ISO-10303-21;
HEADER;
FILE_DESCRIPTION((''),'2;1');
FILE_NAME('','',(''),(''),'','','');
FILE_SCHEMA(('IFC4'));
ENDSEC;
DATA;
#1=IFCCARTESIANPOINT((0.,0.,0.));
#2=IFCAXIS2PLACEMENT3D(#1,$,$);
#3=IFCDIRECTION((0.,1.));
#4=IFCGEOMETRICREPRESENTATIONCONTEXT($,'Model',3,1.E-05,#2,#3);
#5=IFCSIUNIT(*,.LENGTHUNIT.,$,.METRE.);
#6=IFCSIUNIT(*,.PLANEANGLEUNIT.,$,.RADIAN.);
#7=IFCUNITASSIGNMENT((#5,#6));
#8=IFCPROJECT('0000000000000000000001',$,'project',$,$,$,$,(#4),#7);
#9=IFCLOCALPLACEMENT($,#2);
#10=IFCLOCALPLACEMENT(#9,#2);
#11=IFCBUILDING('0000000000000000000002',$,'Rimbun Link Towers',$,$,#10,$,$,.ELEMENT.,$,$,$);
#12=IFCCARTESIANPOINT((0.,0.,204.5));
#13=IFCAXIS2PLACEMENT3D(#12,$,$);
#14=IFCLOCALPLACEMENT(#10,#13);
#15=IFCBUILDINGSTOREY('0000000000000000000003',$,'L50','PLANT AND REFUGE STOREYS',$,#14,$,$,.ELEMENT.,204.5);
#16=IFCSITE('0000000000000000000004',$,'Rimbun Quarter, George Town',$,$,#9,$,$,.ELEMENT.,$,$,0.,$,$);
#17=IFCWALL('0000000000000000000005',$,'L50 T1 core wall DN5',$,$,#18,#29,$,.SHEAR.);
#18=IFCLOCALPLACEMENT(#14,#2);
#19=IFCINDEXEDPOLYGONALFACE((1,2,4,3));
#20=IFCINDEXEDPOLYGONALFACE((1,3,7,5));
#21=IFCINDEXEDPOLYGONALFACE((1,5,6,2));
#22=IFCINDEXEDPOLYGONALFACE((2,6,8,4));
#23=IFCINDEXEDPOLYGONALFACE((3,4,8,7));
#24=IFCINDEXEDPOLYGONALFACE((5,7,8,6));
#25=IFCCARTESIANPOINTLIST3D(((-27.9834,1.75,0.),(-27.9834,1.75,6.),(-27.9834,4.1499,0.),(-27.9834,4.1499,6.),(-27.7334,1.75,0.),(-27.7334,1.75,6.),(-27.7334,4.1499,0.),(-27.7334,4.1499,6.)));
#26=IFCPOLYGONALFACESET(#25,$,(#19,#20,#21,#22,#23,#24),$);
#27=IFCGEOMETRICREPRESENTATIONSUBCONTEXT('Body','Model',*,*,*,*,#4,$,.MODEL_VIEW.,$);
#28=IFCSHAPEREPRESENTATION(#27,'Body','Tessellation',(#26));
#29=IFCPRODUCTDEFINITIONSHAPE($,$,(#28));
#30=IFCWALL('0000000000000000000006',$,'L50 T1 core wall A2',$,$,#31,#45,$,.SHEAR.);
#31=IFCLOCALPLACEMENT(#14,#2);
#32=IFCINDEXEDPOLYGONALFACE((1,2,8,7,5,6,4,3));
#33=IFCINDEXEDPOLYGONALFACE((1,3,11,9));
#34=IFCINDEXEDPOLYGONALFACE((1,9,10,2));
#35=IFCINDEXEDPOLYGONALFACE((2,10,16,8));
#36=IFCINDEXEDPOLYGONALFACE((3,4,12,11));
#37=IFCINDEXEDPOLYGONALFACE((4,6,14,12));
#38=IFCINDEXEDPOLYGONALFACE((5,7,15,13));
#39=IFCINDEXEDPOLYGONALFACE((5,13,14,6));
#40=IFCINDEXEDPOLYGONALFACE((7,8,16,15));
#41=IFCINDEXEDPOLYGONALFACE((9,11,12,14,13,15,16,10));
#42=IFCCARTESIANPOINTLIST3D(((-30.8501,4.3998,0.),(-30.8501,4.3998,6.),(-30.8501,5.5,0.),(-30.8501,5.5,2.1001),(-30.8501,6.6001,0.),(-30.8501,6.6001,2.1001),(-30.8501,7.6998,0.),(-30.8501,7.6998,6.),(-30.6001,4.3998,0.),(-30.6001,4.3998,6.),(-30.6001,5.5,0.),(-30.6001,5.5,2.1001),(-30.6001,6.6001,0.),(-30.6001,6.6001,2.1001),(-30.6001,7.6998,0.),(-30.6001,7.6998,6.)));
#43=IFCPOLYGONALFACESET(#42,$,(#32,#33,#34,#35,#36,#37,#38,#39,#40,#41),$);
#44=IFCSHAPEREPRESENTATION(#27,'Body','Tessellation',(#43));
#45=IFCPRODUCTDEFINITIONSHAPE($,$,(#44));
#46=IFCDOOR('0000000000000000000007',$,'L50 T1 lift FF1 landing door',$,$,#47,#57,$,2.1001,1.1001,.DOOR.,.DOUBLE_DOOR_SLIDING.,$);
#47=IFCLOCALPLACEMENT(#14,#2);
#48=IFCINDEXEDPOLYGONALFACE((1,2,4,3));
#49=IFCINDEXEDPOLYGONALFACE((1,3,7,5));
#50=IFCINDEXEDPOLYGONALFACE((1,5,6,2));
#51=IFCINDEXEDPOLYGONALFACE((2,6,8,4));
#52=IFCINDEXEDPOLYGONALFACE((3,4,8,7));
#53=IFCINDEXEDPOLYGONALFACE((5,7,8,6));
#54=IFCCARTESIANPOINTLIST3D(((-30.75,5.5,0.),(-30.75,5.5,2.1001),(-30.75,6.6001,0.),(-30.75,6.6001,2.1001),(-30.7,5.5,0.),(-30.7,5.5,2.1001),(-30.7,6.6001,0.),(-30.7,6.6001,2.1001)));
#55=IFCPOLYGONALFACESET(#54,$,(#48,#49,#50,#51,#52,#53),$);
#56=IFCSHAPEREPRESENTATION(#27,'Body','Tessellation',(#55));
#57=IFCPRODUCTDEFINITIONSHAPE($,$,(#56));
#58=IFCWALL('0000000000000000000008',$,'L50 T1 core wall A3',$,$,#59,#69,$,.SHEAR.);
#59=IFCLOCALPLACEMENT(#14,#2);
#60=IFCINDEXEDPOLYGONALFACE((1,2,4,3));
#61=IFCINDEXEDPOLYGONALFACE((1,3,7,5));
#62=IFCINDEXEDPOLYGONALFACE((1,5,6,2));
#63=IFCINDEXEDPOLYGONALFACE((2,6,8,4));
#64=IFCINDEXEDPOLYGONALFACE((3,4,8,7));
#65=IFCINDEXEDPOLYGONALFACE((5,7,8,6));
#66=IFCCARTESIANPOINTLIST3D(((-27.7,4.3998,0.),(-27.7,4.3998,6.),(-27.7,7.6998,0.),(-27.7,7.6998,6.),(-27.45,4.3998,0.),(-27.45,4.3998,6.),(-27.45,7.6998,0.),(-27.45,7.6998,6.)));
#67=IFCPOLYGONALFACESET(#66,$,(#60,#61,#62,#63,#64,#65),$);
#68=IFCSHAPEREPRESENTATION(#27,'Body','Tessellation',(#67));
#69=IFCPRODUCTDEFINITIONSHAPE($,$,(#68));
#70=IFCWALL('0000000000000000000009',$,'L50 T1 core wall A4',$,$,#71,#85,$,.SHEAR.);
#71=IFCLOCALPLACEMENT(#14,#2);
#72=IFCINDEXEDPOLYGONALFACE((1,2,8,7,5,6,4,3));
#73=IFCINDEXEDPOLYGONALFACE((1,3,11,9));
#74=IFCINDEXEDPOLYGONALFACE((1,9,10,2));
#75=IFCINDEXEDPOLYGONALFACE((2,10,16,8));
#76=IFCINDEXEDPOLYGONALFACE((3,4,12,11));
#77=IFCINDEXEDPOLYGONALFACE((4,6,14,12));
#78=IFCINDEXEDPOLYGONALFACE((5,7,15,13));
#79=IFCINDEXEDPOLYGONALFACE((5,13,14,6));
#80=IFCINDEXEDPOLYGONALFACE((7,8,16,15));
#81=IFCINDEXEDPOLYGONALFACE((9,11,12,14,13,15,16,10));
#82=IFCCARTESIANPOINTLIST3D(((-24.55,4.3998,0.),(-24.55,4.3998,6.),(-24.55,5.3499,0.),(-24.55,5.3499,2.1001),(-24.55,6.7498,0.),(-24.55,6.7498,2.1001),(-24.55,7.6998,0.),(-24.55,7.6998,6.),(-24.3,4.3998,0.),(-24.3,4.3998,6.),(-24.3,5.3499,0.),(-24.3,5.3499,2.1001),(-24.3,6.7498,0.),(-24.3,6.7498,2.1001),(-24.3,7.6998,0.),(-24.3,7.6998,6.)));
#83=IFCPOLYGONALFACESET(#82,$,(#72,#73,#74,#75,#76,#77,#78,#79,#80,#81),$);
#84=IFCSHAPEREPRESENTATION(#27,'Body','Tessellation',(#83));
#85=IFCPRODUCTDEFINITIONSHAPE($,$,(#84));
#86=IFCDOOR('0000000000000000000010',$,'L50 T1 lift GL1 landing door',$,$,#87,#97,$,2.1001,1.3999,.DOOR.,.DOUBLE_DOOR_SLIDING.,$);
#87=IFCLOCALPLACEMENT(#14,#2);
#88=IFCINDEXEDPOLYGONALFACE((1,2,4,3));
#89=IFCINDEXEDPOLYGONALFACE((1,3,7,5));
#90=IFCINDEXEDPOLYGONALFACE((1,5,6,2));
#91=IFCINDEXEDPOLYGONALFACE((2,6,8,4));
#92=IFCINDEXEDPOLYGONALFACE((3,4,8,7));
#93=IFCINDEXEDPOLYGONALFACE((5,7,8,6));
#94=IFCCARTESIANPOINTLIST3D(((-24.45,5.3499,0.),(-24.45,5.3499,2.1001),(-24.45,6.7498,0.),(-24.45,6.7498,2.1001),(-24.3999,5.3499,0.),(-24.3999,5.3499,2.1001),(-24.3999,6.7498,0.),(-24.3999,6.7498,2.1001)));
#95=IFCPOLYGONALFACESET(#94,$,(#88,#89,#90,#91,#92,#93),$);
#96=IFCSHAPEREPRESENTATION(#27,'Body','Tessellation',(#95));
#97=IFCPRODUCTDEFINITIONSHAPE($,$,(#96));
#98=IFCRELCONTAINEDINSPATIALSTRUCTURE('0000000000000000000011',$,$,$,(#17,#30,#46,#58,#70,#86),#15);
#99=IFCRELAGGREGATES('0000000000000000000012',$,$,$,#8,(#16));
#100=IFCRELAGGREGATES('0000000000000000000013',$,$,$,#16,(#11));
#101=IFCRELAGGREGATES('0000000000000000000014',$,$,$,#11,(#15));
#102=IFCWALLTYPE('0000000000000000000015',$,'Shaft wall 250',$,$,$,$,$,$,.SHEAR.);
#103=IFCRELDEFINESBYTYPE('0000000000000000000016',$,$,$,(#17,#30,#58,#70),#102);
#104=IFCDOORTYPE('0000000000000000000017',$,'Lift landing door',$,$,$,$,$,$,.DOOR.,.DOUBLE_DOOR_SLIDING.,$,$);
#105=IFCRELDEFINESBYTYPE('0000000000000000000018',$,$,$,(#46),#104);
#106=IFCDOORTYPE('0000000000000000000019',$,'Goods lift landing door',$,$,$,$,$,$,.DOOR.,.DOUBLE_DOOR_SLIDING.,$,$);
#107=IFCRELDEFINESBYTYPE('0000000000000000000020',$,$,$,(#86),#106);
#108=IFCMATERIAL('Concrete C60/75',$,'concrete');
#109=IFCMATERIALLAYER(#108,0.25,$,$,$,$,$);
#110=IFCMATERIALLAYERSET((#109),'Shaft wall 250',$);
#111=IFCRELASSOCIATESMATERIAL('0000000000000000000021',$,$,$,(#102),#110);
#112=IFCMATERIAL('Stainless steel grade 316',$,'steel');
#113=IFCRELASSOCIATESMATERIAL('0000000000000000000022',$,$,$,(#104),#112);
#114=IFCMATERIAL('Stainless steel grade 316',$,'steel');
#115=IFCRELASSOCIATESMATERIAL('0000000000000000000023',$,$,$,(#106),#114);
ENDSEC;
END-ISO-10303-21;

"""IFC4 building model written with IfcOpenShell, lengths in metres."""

from ifc_helpers import new_model, si_unit, direction, frame, frame_2d, origin, place, context, subcontext, project, spatial, rectangle, extrude, material, layer, layer_set, type_object, element, fill, save


model = new_model("IFC4")

# Units and contexts
model_context = context("Model", 3, precision=1e-05, world=origin(), true_north=direction((0.0, 1.0)))
body_context = subcontext(model_context, "Body", "Model", "MODEL_VIEW")
ifc_project = project(units=[si_unit("LENGTHUNIT", "METRE"), si_unit("PLANEANGLEUNIT", "RADIAN")], contexts=[model_context])

# Site, building, storey
site_placement = place(None, origin())
site = spatial("IfcSite", under=ifc_project, at=site_placement, Name="Rimbun Quarter, George Town", CompositionType="ELEMENT", RefElevation=0.0)
building_placement = place(site_placement, origin())
building = spatial("IfcBuilding", under=site, at=building_placement, Name="Rimbun Link Towers", CompositionType="ELEMENT")
storey_placement = place(building_placement, frame((0.0, 0.0, 204.5)))
storey = spatial("IfcBuildingStorey", under=building, at=storey_placement, Name="L50", Description="PLANT AND REFUGE STOREYS", CompositionType="ELEMENT", Elevation=204.5)

# Wall
ifc_material_1 = material(Name="Concrete C60/75", Category="concrete")
ifc_layer_1 = layer(ifc_material_1, 0.25)
ifc_layer_set_1 = layer_set([ifc_layer_1], Name="Shaft wall 250")
wall_type_1 = type_object("IfcWallType", Name="Shaft wall 250", PredefinedType="SHEAR", material=ifc_layer_set_1)
wall_1_placement = place(storey_placement, frame((-27.8584, 1.75, 0.0), z_axis=(0.0, 0.0, 1.0), x_axis=(0.0, 1.0, 0.0)))
element("IfcWall", 1, at=wall_1_placement, inside=storey, type_object=wall_type_1, Name="L50 T1 core wall DN5", PredefinedType="SHEAR", context=body_context, shape_type="SweptSolid", body=[
    extrude(rectangle(XDim=2.3999, YDim=0.25, at=frame_2d((1.2, 0.0))), origin(), (0.0, 0.0, 1.0), 6.0),
])

# Wall, opening, door
wall_2_placement = place(storey_placement, frame((-30.7251, 4.3999, 0.0), z_axis=(0.0, 0.0, 1.0), x_axis=(0.0, 1.0, 0.0)))
wall_2 = element("IfcWall", 2, at=wall_2_placement, inside=storey, type_object=wall_type_1, Name="L50 T1 core wall A2", PredefinedType="SHEAR", context=body_context, shape_type="SweptSolid", body=[
    extrude(rectangle(XDim=3.3, YDim=0.25, at=frame_2d((1.6499, 0.0))), origin(), (0.0, 0.0, 1.0), 6.0),
])
opening_1_placement = place(wall_2_placement, frame((1.1001, 0.0, 0.0)))
opening_1 = element("IfcOpeningElement", 3, at=opening_1_placement, cuts=wall_2, PredefinedType="OPENING", context=body_context, shape_type="SweptSolid", body=[
    extrude(rectangle(XDim=1.1001, YDim=2.1001, at=frame_2d((0.55, 1.05))), frame((0.0, 0.135, 0.0), z_axis=(0.0, -1.0, 0.0), x_axis=(1.0, 0.0, 0.0)), (0.0, 0.0, 1.0), 0.27),
])
ifc_material_2 = material(Name="Stainless steel grade 316", Category="steel")
door_type_1 = type_object("IfcDoorType", Name="Lift landing door", OperationType="DOUBLE_DOOR_SLIDING", PredefinedType="DOOR", material=ifc_material_2)
door_1_placement = place(opening_1_placement, origin())
door_1 = element("IfcDoor", 4, at=door_1_placement, inside=storey, type_object=door_type_1, Name="L50 T1 lift FF1 landing door", OperationType="DOUBLE_DOOR_SLIDING", OverallHeight=2.1001, OverallWidth=1.1001, PredefinedType="DOOR", context=body_context, shape_type="SweptSolid", body=[
    extrude(rectangle(XDim=1.1001, YDim=2.1001, at=frame_2d((0.55, 1.05))), frame((0.0, 0.0249, 0.0), z_axis=(0.0, -1.0, 0.0), x_axis=(1.0, 0.0, 0.0)), (0.0, 0.0, 1.0), 0.05),
])
fill(opening_1, door_1)

# Wall
wall_3_placement = place(storey_placement, frame((-27.575, 4.3999, 0.0), z_axis=(0.0, 0.0, 1.0), x_axis=(0.0, 1.0, 0.0)))
element("IfcWall", 5, at=wall_3_placement, inside=storey, type_object=wall_type_1, Name="L50 T1 core wall A3", PredefinedType="SHEAR", context=body_context, shape_type="SweptSolid", body=[
    extrude(rectangle(XDim=3.3, YDim=0.25, at=frame_2d((1.6499, 0.0))), origin(), (0.0, 0.0, 1.0), 6.0),
])

# Wall, opening, door
wall_4_placement = place(storey_placement, frame((-24.425, 4.3999, 0.0), z_axis=(0.0, 0.0, 1.0), x_axis=(0.0, 1.0, 0.0)))
wall_4 = element("IfcWall", 6, at=wall_4_placement, inside=storey, type_object=wall_type_1, Name="L50 T1 core wall A4", PredefinedType="SHEAR", context=body_context, shape_type="SweptSolid", body=[
    extrude(rectangle(XDim=3.3, YDim=0.25, at=frame_2d((1.6499, 0.0))), origin(), (0.0, 0.0, 1.0), 6.0),
])
opening_2_placement = place(wall_4_placement, frame((0.95, 0.0, 0.0)))
opening_2 = element("IfcOpeningElement", 7, at=opening_2_placement, cuts=wall_4, PredefinedType="OPENING", context=body_context, shape_type="SweptSolid", body=[
    extrude(rectangle(XDim=1.3999, YDim=2.1001, at=frame_2d((0.7, 1.05))), frame((0.0, 0.135, 0.0), z_axis=(0.0, -1.0, 0.0), x_axis=(1.0, 0.0, 0.0)), (0.0, 0.0, 1.0), 0.27),
])
ifc_material_3 = material(Name="Stainless steel grade 316", Category="steel")
door_type_2 = type_object("IfcDoorType", Name="Goods lift landing door", OperationType="DOUBLE_DOOR_SLIDING", PredefinedType="DOOR", material=ifc_material_3)
door_2_placement = place(opening_2_placement, origin())
door_2 = element("IfcDoor", 8, at=door_2_placement, inside=storey, type_object=door_type_2, Name="L50 T1 lift GL1 landing door", OperationType="DOUBLE_DOOR_SLIDING", OverallHeight=2.1001, OverallWidth=1.3999, PredefinedType="DOOR", context=body_context, shape_type="SweptSolid", body=[
    extrude(rectangle(XDim=1.3999, YDim=2.1001, at=frame_2d((0.7, 1.05))), frame((0.0, 0.0249, 0.0), z_axis=(0.0, -1.0, 0.0), x_axis=(1.0, 0.0, 0.0)), (0.0, 0.0, 1.0), 0.05),
])
fill(opening_2, door_2)

save(model, "model.ifc")
